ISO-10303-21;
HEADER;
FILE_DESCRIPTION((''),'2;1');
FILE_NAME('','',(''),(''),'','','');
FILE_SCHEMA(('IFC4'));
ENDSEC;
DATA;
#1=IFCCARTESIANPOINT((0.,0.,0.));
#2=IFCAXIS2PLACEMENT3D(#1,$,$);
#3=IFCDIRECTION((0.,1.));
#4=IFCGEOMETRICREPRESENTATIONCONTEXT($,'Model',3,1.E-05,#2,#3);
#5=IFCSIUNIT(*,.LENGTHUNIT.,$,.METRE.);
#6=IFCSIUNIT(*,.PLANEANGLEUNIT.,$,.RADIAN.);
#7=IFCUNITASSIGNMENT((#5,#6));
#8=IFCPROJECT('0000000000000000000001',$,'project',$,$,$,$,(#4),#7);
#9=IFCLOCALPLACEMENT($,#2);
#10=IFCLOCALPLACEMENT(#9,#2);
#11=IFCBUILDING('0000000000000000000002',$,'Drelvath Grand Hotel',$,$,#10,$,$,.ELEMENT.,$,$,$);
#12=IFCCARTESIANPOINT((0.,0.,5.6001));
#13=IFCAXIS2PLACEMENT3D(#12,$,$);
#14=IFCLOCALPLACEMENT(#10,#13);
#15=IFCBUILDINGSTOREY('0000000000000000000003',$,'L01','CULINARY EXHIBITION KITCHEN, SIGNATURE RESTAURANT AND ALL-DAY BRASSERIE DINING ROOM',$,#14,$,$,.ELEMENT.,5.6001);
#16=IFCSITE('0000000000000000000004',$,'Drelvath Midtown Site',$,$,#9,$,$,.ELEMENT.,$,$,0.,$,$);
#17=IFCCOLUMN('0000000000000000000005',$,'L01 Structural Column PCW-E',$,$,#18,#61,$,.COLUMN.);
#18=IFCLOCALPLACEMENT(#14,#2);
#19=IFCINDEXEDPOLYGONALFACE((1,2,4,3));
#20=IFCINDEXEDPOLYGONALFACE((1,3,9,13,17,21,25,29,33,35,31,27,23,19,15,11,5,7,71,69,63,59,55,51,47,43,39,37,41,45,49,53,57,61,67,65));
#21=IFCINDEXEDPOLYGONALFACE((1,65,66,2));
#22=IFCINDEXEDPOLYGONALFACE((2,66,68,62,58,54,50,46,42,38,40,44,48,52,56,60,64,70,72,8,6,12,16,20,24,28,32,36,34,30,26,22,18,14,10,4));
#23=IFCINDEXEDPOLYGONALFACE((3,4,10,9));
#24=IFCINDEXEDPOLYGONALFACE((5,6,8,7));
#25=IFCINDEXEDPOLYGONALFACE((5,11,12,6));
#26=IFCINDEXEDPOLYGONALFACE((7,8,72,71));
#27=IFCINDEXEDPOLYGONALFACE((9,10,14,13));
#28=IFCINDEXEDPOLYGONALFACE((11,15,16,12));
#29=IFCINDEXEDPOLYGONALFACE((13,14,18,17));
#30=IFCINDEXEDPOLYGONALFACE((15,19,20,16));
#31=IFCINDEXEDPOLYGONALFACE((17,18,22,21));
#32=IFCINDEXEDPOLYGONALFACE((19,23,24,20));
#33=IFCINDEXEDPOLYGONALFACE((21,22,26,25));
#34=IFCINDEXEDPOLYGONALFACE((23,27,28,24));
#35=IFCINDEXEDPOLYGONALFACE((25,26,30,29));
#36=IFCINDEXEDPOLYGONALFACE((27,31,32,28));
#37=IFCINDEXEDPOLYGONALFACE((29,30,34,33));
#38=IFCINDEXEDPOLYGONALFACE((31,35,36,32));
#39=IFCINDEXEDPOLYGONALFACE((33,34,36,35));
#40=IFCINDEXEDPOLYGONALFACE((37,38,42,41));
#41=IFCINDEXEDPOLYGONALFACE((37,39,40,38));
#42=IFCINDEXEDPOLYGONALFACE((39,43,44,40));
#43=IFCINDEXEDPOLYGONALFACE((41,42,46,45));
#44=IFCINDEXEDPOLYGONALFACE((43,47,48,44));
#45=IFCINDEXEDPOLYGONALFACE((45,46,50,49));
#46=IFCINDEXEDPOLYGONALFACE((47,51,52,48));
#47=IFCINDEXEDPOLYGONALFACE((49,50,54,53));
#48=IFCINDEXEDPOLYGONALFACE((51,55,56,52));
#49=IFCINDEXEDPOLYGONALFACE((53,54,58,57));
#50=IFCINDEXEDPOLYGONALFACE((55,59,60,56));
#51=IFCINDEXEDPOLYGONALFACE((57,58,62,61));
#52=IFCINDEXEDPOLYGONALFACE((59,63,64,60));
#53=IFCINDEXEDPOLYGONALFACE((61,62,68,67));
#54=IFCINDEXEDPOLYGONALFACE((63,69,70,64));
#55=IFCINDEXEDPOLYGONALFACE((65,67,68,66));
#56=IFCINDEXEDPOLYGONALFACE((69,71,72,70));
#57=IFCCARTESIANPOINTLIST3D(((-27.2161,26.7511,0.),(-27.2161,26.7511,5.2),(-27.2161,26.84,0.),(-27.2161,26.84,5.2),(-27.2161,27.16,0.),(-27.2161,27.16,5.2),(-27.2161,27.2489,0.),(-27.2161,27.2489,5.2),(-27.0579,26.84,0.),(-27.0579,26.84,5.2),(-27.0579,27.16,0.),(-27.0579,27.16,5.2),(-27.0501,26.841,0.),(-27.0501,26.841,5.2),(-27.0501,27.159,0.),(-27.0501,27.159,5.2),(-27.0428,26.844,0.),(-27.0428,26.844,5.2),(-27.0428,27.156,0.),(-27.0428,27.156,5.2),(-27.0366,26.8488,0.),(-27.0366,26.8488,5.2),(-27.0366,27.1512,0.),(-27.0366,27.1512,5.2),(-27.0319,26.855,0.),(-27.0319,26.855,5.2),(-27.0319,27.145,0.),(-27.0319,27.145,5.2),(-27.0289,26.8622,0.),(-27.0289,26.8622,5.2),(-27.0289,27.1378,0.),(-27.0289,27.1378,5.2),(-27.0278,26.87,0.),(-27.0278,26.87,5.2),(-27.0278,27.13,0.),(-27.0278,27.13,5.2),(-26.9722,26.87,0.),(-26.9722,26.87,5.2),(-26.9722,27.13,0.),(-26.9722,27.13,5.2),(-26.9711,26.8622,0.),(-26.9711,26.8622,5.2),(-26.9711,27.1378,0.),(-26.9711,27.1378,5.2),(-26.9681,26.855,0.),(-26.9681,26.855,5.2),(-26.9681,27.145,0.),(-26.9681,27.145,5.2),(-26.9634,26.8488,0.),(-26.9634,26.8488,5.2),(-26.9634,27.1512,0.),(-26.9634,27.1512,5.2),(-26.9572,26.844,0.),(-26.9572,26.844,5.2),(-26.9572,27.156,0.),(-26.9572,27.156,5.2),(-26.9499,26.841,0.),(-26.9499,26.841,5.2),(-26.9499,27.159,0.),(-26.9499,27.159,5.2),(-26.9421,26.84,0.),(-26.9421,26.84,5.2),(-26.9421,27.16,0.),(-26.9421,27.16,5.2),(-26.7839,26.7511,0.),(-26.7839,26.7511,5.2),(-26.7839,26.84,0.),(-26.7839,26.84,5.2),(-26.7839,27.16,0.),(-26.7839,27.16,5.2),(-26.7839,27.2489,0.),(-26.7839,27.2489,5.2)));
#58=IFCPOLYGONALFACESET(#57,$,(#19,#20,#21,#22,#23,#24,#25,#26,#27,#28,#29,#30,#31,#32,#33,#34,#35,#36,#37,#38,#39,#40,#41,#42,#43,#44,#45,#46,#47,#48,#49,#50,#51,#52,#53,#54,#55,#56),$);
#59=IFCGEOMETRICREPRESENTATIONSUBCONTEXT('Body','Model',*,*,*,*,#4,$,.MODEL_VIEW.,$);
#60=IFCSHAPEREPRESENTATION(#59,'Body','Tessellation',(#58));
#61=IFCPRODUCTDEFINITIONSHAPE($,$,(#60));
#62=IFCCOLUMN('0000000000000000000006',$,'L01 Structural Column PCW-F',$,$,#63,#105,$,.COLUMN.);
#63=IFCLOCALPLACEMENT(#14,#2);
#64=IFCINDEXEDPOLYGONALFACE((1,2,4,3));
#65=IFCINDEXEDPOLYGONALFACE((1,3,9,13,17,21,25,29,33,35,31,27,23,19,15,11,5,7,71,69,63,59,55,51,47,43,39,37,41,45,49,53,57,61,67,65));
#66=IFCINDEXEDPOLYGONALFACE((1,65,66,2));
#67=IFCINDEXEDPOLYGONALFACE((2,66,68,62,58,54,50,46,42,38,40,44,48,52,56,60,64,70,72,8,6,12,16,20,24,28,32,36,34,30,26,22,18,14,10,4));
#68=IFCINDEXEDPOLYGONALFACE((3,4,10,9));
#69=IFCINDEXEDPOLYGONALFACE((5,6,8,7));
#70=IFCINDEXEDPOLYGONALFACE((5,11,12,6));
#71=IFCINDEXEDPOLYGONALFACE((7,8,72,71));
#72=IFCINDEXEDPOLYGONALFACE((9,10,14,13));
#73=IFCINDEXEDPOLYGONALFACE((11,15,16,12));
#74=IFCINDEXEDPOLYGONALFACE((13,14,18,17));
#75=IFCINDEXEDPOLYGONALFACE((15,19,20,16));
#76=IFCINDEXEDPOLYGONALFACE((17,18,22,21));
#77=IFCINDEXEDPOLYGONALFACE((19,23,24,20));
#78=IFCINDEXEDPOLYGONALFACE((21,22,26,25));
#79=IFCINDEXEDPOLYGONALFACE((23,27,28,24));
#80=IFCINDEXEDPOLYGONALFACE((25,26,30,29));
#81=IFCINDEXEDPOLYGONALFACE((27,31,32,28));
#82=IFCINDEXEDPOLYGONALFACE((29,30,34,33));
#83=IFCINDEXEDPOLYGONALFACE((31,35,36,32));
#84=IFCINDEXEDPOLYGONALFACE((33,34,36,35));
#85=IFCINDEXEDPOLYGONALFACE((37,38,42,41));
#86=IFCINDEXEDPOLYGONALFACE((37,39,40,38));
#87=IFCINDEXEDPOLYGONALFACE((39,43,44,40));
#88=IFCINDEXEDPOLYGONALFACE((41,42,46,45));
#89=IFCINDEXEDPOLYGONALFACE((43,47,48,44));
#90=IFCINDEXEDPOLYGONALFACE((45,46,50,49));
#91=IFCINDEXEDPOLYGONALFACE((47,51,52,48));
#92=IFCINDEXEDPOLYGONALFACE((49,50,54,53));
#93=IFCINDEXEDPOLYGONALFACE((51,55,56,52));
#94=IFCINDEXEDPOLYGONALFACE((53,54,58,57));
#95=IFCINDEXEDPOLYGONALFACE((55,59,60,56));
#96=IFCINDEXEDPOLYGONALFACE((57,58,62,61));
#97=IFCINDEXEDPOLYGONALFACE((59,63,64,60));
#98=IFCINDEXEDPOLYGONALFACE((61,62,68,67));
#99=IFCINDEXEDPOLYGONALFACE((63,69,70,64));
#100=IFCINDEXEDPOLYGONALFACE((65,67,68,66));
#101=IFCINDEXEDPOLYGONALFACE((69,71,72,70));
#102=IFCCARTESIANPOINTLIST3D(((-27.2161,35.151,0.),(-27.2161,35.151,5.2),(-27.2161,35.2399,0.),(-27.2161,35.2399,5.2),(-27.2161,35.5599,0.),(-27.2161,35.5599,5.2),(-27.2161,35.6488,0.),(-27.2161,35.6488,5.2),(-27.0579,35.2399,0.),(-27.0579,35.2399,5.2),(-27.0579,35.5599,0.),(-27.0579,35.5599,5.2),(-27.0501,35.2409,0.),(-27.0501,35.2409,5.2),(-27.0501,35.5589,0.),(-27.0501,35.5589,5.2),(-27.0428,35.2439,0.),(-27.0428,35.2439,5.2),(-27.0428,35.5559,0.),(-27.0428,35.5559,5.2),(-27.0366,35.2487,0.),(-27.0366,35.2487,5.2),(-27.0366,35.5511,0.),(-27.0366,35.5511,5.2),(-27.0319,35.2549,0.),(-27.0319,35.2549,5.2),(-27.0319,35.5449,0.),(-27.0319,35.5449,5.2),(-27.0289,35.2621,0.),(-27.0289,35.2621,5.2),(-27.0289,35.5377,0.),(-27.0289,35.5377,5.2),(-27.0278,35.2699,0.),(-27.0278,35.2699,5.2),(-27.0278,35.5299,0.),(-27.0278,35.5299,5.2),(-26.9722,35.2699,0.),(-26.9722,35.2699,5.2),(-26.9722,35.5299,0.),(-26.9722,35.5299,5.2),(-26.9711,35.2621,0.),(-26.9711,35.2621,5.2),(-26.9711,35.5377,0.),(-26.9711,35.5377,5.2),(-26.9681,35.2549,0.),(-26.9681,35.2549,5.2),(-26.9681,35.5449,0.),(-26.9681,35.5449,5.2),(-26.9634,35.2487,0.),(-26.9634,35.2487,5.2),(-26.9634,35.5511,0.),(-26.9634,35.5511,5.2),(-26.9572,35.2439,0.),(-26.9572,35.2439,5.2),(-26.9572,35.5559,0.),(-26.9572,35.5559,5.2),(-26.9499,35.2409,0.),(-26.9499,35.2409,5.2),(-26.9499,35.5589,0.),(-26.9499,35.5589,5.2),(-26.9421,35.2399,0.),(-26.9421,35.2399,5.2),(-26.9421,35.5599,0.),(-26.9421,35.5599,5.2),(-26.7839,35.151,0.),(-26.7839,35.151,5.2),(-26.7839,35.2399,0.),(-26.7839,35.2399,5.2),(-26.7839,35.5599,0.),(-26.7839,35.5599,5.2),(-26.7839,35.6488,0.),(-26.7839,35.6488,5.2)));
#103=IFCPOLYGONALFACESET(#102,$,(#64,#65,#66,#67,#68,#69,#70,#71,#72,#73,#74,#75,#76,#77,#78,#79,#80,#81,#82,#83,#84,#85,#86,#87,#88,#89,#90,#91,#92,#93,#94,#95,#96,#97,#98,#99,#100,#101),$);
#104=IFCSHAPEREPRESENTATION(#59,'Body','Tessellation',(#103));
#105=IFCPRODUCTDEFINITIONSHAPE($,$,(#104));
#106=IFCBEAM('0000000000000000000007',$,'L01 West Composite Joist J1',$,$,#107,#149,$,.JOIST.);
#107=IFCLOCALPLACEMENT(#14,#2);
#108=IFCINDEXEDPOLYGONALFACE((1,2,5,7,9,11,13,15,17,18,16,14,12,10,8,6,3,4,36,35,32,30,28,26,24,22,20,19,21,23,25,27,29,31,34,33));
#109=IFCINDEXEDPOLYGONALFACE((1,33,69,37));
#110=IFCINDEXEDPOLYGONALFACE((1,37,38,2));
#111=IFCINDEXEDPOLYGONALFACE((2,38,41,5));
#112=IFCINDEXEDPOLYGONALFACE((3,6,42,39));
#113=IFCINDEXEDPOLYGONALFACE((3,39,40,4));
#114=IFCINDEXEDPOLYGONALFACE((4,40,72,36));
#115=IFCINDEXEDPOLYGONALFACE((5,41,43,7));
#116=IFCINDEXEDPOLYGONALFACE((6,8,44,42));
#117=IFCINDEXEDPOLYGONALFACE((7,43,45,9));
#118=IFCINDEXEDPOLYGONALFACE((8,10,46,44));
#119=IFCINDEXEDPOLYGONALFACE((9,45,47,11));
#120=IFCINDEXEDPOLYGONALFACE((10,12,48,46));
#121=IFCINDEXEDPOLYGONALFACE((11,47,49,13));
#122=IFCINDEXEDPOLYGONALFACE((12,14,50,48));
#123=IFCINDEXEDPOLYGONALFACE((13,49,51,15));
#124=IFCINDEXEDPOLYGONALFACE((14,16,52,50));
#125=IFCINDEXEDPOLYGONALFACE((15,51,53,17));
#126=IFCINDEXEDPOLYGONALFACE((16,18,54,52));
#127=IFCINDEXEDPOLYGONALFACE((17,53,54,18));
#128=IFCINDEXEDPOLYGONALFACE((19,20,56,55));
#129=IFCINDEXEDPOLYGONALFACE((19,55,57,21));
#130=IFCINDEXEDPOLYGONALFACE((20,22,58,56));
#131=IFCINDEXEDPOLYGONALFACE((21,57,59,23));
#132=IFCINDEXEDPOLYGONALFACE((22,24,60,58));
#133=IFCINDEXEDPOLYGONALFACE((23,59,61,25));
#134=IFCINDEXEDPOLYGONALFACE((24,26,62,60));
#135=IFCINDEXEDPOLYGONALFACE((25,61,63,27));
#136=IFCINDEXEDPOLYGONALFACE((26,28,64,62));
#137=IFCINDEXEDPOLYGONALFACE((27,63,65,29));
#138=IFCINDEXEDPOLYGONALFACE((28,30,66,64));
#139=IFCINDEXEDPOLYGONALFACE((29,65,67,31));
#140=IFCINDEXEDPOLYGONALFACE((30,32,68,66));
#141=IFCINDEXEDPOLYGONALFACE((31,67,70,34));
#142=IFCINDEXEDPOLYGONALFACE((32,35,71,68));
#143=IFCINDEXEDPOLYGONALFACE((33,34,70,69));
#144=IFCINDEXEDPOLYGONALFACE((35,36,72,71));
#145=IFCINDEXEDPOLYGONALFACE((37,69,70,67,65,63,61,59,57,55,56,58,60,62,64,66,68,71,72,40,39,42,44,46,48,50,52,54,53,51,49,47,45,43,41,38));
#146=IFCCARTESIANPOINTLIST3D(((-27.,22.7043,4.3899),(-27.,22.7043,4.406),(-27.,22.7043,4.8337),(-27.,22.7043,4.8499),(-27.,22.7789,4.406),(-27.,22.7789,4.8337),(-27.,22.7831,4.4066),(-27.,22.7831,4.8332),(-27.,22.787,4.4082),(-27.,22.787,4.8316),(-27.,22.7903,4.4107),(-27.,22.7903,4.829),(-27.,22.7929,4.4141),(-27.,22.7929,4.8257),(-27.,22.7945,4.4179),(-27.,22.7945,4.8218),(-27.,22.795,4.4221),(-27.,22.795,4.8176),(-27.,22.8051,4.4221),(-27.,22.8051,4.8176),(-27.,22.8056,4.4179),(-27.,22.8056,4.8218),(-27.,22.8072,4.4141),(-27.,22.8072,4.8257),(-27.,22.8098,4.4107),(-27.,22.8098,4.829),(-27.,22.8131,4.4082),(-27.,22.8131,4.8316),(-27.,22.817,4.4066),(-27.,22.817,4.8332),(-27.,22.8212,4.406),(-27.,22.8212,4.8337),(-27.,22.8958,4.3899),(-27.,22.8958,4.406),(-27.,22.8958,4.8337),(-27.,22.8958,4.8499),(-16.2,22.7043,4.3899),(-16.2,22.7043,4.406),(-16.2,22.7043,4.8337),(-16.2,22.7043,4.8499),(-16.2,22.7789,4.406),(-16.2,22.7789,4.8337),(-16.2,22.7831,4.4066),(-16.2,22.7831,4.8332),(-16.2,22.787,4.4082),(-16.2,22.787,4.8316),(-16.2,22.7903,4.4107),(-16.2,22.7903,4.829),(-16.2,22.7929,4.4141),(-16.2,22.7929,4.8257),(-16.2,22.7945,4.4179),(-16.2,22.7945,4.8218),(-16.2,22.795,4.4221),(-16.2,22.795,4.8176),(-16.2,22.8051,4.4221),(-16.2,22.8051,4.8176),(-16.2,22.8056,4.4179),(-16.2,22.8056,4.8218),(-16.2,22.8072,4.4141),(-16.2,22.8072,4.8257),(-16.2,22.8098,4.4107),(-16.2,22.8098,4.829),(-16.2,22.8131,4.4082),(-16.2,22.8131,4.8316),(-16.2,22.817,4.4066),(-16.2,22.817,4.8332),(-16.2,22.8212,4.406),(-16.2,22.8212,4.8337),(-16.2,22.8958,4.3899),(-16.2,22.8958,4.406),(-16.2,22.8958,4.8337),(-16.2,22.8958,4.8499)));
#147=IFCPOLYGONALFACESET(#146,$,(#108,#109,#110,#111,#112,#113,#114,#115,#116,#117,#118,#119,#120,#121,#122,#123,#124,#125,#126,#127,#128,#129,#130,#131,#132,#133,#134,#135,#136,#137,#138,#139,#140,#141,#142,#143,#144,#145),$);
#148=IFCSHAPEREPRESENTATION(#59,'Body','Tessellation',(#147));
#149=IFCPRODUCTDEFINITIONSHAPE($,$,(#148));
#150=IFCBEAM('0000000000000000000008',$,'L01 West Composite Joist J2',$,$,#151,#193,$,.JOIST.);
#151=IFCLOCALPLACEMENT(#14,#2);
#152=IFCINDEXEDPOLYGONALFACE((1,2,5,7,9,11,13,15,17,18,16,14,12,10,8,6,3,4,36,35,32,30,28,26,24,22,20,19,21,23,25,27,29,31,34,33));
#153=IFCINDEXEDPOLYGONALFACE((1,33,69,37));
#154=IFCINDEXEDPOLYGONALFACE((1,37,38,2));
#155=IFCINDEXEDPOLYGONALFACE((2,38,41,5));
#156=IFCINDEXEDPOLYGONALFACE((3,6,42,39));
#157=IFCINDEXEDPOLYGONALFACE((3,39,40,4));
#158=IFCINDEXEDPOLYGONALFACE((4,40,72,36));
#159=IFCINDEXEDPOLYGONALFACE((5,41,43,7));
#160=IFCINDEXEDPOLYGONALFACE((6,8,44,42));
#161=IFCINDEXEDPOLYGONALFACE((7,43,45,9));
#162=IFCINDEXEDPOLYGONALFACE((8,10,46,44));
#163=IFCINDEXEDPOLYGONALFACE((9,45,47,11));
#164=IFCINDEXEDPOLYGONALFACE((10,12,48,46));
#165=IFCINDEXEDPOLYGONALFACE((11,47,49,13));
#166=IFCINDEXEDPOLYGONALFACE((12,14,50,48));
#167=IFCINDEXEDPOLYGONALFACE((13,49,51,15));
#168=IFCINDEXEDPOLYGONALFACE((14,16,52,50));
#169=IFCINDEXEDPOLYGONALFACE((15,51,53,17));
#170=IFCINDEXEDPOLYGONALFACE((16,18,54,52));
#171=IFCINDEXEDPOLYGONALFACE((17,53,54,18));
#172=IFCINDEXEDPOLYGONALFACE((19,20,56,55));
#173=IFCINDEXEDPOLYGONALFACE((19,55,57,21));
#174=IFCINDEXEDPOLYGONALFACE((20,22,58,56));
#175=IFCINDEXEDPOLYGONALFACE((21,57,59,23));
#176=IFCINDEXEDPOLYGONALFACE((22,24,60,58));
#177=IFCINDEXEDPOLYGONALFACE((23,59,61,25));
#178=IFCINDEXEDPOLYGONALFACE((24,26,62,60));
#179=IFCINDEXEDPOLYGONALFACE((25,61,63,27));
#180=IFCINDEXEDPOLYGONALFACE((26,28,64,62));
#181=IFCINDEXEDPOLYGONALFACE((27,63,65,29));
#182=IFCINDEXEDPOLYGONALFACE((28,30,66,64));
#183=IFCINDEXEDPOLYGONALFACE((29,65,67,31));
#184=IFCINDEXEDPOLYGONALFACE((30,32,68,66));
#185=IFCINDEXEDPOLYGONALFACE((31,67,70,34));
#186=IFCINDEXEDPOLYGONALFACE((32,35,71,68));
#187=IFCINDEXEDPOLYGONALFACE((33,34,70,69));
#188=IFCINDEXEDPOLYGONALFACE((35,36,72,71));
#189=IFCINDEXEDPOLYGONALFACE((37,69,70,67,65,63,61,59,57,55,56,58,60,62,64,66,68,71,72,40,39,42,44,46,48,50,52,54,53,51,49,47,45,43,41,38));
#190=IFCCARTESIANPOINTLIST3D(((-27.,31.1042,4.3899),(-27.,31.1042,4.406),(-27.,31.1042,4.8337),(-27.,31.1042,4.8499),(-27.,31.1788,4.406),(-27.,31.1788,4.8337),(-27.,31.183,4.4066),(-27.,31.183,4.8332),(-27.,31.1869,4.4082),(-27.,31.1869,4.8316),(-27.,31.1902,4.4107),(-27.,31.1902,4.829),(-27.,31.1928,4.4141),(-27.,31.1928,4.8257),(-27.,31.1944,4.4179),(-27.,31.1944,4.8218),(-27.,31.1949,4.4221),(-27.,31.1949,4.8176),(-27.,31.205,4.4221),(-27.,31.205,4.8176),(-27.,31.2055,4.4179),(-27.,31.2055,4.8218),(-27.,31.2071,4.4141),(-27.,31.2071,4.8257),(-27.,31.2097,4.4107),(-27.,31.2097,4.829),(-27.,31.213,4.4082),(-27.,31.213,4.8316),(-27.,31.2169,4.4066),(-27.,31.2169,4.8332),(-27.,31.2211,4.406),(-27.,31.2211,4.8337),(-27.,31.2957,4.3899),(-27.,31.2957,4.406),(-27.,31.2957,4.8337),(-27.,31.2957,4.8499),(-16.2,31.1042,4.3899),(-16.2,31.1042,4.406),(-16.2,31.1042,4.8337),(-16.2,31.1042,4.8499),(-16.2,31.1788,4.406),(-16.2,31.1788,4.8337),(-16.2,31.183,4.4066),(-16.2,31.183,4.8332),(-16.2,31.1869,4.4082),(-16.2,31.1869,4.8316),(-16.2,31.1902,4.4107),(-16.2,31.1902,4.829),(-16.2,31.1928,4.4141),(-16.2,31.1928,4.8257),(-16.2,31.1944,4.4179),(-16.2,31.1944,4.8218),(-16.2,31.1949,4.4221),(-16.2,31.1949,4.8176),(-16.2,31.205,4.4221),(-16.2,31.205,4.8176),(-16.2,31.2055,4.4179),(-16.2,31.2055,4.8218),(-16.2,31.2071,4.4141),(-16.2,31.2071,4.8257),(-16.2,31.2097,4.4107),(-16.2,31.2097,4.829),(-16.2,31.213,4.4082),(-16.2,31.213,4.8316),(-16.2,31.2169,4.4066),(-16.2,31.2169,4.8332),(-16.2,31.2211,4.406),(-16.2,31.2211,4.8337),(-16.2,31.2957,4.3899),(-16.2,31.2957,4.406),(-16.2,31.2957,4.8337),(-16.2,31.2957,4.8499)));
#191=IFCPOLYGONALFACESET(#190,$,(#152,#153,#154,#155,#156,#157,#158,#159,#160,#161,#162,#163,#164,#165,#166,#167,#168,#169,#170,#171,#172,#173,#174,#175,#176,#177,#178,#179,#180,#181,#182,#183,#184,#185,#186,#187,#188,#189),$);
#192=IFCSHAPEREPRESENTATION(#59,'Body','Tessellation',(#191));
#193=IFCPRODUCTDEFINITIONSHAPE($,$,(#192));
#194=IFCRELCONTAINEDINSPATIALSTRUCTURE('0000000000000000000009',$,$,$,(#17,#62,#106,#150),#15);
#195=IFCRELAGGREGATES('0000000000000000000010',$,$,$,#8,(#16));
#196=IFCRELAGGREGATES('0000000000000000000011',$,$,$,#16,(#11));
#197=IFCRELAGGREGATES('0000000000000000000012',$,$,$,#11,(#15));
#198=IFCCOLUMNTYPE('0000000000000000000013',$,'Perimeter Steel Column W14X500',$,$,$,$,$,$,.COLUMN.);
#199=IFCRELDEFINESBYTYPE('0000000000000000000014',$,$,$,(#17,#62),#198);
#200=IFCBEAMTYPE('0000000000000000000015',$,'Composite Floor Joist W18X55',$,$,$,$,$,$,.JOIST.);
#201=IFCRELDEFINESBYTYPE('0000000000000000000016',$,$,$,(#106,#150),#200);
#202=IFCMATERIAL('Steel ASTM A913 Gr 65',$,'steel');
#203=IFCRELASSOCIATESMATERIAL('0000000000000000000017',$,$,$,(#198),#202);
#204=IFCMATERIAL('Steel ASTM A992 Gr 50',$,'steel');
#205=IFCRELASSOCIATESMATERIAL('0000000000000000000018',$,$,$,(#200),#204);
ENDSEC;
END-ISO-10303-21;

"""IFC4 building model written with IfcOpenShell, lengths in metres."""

from ifc_helpers import new_model, si_unit, direction, frame, origin, origin_2d, place, context, subcontext, project, spatial, i_section, extrude, material, material_profile, profile_set, type_object, element, save


model = new_model("IFC4")

# Units and contexts
model_context = context("Model", 3, precision=1e-05, world=origin(), true_north=direction((0.0, 1.0)))
body_context = subcontext(model_context, "Body", "Model", "MODEL_VIEW")
ifc_project = project(units=[si_unit("LENGTHUNIT", "METRE"), si_unit("PLANEANGLEUNIT", "RADIAN")], contexts=[model_context])

# Site, building, storey
site_placement = place(None, origin())
site = spatial("IfcSite", under=ifc_project, at=site_placement, Name="Drelvath Midtown Site", CompositionType="ELEMENT", RefElevation=0.0)
building_placement = place(site_placement, origin())
building = spatial("IfcBuilding", under=site, at=building_placement, Name="Drelvath Grand Hotel", CompositionType="ELEMENT")
storey_placement = place(building_placement, frame((0.0, 0.0, 5.6001)))
storey = spatial("IfcBuildingStorey", under=building, at=storey_placement, Name="L01", Description="CULINARY EXHIBITION KITCHEN, SIGNATURE RESTAURANT AND ALL-DAY BRASSERIE DINING ROOM", CompositionType="ELEMENT", Elevation=5.6001)

# Columns
ifc_material_1 = material(Name="Steel ASTM A913 Gr 65", Category="steel")
ifc_material_profile_1 = material_profile(ifc_material_1, i_section(OverallWidth=0.4321, OverallDepth=0.4978, WebThickness=0.0557, FlangeThickness=0.0889, FilletRadius=0.03, at=origin_2d()), Name="W14X500")
ifc_profile_set_1 = profile_set([ifc_material_profile_1], Name="Steel ASTM A913 Gr 65")
column_type = type_object("IfcColumnType", Name="Perimeter Steel Column W14X500", PredefinedType="COLUMN", material=ifc_profile_set_1)
for number, where, z_axis, x_axis, name in (
    (1, (-27.0, 27.0, 0.0), (0.0, 0.0, 1.0), (1.0, 0.0, 0.0), "L01 Structural Column PCW-E"),
    (2, (-27.0, 35.3999, 0.0), (0.0, 0.0, 1.0), (1.0, 0.0, 0.0), "L01 Structural Column PCW-F"),
):
    element("IfcColumn", number, at=place(storey_placement, frame(where, z_axis=z_axis, x_axis=x_axis)), inside=storey, type_object=column_type, Name=name, PredefinedType="COLUMN", context=body_context, shape_type="SweptSolid", body=[
        extrude(i_section(OverallWidth=0.4321, OverallDepth=0.4978, WebThickness=0.0557, FlangeThickness=0.0889, FilletRadius=0.03, at=origin_2d()), origin(), (0.0, 0.0, 1.0), 5.2),
    ])

# Beams
ifc_material_2 = material(Name="Steel ASTM A992 Gr 50", Category="steel")
ifc_material_profile_2 = material_profile(ifc_material_2, i_section(OverallWidth=0.1914, OverallDepth=0.46, WebThickness=0.01, FlangeThickness=0.0161, FilletRadius=0.0161, at=origin_2d()), Name="W18X55")
ifc_profile_set_2 = profile_set([ifc_material_profile_2], Name="Steel ASTM A992 Gr 50")
beam_type_1 = type_object("IfcBeamType", Name="Composite Floor Joist W18X55", PredefinedType="JOIST", material=ifc_profile_set_2)
for number, where, z_axis, x_axis, name in (
    (3, (-27.0, 22.8, 4.6199), (1.0, 0.0, 0.0), (0.0, 1.0, 0.0), "L01 West Composite Joist J1"),
    (4, (-27.0, 31.2, 4.6199), (1.0, 0.0, 0.0), (0.0, 1.0, 0.0), "L01 West Composite Joist J2"),
):
    element("IfcBeam", number, at=place(storey_placement, frame(where, z_axis=z_axis, x_axis=x_axis)), inside=storey, type_object=beam_type_1, Name=name, PredefinedType="JOIST", context=body_context, shape_type="SweptSolid", body=[
        extrude(i_section(OverallWidth=0.1914, OverallDepth=0.46, WebThickness=0.01, FlangeThickness=0.0161, FilletRadius=0.0161, at=origin_2d()), origin(), (0.0, 0.0, 1.0), 10.8),
    ])

save(model, "model.ifc")
